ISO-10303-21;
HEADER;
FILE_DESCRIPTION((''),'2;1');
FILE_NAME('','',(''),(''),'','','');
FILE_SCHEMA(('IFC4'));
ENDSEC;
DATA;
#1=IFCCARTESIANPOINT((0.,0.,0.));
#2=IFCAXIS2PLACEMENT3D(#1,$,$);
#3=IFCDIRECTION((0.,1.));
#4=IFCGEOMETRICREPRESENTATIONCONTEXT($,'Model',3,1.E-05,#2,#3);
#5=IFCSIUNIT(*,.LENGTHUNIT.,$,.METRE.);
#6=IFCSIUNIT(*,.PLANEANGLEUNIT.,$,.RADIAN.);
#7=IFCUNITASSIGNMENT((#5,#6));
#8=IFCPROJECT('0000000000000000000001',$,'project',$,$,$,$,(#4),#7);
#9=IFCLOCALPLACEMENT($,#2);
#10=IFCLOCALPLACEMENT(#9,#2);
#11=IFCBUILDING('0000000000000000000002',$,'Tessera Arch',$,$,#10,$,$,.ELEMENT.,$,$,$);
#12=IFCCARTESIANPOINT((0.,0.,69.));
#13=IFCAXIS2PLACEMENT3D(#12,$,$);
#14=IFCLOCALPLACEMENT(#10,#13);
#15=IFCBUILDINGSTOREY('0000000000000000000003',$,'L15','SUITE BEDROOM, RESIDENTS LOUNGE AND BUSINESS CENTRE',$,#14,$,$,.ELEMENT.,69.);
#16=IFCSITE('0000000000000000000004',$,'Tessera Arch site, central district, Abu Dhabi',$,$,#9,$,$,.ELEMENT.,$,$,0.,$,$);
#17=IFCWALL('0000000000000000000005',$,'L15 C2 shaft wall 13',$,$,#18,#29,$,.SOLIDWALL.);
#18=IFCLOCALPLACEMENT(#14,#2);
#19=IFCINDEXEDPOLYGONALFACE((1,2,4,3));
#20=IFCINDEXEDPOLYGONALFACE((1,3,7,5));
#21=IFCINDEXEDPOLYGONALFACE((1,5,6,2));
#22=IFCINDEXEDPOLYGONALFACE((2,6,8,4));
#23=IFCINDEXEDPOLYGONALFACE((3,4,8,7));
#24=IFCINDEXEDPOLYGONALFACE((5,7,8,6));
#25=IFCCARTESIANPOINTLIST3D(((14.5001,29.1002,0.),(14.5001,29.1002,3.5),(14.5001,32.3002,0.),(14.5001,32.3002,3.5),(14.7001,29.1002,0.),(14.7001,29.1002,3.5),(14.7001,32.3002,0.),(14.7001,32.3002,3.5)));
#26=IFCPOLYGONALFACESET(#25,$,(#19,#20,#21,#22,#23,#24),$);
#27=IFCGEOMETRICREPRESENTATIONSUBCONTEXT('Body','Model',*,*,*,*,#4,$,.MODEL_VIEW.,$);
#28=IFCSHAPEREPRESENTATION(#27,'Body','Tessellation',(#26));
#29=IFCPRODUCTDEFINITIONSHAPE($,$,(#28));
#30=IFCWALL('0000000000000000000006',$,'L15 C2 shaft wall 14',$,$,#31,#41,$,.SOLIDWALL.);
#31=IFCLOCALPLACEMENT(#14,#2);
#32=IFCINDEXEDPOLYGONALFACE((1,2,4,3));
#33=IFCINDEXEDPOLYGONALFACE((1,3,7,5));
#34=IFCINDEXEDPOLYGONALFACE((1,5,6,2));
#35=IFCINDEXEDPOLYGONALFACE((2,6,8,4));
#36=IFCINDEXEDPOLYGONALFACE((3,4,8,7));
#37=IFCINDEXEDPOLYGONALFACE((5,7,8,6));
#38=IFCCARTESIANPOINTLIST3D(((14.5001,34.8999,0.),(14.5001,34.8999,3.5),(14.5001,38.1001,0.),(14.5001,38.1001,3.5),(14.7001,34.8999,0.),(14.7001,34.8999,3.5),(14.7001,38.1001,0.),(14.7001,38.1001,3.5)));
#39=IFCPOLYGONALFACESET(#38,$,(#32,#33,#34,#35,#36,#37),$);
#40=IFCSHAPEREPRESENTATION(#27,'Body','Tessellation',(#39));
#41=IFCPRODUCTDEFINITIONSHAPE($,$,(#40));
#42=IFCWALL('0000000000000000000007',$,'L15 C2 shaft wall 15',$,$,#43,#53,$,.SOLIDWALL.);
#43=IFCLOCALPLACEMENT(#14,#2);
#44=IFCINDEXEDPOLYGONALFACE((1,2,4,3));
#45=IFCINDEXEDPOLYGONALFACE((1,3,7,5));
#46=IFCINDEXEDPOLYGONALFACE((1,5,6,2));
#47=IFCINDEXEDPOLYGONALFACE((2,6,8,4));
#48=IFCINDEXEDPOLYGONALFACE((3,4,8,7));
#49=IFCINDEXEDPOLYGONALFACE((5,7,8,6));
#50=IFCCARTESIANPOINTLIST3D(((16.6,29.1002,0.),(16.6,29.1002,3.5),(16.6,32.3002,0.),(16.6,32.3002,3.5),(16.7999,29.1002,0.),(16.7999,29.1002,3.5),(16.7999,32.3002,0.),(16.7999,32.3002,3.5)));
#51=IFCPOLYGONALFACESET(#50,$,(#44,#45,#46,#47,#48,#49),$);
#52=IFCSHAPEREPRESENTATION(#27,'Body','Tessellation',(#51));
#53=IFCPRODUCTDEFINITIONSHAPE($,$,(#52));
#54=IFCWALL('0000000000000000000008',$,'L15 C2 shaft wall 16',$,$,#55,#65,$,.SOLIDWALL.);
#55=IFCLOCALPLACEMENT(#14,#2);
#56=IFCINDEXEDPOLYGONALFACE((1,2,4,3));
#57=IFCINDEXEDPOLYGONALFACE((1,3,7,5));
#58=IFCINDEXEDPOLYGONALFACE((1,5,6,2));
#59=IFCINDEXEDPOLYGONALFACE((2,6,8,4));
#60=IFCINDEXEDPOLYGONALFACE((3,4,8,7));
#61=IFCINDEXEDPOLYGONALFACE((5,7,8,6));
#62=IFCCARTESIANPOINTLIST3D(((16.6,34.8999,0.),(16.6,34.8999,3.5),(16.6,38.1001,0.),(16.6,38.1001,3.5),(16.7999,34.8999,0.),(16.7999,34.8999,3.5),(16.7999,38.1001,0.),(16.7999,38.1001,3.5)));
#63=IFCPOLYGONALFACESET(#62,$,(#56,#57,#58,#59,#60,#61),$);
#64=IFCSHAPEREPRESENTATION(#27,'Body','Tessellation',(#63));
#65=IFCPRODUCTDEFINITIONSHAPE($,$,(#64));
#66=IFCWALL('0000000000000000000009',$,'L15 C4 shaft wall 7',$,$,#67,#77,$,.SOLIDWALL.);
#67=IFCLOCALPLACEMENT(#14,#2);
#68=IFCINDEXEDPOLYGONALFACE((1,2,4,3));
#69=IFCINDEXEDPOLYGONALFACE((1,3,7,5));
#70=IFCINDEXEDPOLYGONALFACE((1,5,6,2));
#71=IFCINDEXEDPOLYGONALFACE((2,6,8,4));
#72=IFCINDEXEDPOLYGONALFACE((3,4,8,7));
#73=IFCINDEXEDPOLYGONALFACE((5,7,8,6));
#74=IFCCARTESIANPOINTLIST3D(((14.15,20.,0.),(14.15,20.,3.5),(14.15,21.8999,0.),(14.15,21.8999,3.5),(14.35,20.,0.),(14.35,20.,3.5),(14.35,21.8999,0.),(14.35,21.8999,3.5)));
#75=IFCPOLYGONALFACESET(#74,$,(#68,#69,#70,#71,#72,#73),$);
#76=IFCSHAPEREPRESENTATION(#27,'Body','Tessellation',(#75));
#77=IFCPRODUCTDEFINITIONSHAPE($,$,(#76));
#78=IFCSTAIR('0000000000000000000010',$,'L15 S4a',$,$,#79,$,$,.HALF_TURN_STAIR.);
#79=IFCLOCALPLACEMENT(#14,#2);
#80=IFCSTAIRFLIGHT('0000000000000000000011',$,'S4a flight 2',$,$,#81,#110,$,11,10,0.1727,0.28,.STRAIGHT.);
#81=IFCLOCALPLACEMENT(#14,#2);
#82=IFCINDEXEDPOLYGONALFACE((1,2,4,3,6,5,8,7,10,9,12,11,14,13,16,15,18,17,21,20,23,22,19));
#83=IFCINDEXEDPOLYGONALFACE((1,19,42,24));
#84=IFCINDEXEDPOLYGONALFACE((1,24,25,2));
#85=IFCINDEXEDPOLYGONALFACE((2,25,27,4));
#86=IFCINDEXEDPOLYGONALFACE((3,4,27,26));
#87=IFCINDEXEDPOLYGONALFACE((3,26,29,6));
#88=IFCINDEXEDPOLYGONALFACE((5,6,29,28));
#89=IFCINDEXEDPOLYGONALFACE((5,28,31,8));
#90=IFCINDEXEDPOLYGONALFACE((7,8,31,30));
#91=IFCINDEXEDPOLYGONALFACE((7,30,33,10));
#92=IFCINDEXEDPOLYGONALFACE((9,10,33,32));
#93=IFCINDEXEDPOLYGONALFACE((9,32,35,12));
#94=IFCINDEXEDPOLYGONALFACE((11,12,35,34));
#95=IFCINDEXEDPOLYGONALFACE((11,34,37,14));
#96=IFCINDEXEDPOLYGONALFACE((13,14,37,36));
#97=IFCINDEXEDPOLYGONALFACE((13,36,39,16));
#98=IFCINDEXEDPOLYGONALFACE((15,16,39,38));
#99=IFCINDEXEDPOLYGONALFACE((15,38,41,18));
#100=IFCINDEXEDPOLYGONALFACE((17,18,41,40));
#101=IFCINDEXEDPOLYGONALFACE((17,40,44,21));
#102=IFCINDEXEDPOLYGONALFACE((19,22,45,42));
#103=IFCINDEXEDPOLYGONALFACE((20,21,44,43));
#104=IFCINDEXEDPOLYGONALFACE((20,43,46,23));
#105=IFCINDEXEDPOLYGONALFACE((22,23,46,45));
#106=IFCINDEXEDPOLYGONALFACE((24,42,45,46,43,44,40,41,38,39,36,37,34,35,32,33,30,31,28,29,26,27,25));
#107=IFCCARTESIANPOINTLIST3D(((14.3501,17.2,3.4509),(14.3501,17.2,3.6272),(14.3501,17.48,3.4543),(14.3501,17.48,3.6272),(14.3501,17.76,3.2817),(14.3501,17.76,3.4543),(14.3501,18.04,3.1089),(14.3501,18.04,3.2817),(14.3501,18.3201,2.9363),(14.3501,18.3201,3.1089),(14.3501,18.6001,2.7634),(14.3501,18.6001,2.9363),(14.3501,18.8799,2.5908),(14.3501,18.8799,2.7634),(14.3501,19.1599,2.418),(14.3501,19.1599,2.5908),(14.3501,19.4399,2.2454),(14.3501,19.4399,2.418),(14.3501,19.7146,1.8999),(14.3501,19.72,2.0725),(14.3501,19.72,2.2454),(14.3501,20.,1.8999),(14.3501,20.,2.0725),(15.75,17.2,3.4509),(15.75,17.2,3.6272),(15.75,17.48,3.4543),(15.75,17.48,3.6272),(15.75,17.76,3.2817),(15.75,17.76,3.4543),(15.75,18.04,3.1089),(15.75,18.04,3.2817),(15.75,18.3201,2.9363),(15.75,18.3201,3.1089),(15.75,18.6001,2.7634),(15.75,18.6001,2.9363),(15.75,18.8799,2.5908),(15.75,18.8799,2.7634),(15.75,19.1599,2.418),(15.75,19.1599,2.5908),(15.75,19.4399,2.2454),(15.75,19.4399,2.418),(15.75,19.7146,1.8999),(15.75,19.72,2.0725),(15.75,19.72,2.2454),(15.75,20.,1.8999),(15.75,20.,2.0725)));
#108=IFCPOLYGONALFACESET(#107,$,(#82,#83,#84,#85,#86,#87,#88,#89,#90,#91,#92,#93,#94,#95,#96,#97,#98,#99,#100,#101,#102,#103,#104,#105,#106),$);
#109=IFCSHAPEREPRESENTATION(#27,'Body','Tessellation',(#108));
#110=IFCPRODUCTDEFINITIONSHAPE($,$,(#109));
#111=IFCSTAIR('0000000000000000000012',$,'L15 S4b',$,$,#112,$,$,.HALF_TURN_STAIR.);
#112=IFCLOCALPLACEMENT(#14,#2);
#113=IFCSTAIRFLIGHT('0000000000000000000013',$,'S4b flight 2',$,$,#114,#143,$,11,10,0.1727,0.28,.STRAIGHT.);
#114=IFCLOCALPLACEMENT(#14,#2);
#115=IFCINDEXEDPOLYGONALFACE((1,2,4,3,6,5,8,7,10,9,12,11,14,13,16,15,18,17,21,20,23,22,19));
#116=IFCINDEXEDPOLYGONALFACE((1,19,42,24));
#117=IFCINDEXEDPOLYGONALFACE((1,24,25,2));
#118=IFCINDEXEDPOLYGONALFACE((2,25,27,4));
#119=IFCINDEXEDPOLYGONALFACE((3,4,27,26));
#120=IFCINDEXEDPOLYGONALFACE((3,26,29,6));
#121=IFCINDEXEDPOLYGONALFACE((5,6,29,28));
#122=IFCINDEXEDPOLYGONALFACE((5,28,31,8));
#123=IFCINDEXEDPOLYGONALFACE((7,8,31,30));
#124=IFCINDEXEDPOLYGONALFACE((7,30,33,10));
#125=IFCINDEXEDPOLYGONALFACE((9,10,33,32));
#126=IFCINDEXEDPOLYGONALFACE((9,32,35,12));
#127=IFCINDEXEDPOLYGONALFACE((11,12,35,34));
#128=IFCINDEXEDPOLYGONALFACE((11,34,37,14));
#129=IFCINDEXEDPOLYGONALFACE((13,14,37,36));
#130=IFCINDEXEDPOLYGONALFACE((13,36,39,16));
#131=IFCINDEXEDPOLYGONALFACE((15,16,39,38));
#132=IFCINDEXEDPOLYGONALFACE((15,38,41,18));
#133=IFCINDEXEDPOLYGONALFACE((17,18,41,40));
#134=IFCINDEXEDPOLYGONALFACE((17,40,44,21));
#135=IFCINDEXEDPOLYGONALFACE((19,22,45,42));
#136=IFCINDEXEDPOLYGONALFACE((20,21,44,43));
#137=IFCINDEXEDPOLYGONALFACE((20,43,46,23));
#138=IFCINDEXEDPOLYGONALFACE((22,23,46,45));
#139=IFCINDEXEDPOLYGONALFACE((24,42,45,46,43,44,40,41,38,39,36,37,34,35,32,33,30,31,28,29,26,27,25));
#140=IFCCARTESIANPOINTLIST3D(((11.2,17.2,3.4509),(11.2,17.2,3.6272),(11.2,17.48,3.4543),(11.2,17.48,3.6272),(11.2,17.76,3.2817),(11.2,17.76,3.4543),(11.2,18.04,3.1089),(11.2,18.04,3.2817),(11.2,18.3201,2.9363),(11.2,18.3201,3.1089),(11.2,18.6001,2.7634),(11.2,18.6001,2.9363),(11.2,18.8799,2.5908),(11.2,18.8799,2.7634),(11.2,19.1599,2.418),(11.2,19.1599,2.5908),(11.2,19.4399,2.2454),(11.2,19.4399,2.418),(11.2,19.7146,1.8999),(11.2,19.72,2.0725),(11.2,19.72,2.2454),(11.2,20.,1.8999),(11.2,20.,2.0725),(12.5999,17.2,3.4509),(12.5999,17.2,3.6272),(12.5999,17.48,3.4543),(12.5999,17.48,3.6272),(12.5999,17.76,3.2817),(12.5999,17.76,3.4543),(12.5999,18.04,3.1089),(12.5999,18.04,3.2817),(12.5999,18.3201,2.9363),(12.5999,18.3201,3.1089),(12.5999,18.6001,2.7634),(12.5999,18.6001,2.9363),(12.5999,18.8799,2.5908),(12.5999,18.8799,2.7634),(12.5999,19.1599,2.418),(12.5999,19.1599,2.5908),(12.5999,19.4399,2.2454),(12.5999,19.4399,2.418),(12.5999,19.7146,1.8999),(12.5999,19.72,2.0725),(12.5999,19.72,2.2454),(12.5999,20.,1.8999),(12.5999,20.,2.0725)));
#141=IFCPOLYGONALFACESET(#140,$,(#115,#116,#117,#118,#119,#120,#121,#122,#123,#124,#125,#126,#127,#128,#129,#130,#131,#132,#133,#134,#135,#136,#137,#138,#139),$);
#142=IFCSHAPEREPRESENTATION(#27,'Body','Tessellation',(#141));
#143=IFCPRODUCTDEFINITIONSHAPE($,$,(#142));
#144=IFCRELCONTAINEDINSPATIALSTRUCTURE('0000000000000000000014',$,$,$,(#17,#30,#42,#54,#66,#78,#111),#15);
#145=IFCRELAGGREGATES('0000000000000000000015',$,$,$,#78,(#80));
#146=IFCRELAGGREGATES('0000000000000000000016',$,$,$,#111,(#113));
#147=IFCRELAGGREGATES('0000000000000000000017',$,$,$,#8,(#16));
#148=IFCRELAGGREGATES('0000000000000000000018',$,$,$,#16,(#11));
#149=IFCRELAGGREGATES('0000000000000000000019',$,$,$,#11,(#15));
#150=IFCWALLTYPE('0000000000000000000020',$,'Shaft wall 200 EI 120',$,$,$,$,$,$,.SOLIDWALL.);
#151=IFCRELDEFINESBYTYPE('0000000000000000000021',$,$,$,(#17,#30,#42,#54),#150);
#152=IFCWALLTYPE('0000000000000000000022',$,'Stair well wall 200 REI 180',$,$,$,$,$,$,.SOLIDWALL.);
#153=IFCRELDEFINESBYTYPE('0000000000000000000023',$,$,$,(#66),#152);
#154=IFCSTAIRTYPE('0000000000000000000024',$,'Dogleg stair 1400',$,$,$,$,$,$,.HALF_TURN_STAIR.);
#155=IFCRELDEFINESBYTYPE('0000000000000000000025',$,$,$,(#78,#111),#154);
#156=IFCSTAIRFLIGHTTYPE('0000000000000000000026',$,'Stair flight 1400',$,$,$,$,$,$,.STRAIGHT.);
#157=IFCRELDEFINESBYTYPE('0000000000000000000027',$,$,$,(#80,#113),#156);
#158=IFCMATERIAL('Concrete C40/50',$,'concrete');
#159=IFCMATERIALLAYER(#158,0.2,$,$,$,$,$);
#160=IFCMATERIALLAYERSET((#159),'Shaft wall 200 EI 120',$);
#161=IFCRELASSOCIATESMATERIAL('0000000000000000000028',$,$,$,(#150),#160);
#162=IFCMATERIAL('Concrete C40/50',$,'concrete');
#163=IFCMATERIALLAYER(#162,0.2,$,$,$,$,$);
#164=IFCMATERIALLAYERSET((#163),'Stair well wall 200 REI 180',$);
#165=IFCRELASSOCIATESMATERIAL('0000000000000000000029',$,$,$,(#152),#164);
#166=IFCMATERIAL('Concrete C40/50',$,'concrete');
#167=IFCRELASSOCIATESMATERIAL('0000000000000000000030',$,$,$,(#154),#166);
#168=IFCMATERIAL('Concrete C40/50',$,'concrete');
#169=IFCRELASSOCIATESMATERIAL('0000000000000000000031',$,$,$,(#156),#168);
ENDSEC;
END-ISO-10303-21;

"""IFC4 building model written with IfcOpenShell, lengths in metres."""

from ifc_helpers import new_model, si_unit, direction, frame, frame_2d, origin, place, context, subcontext, project, spatial, polyline, rectangle, outline, extrude, material, layer, layer_set, type_object, element, aggregate, save


model = new_model("IFC4")

# Units and contexts
model_context = context("Model", 3, precision=1e-05, world=origin(), true_north=direction((0.0, 1.0)))
body_context = subcontext(model_context, "Body", "Model", "MODEL_VIEW")
ifc_project = project(units=[si_unit("LENGTHUNIT", "METRE"), si_unit("PLANEANGLEUNIT", "RADIAN")], contexts=[model_context])

# Site, building, storey
site_placement = place(None, origin())
site = spatial("IfcSite", under=ifc_project, at=site_placement, Name="Tessera Arch site, central district, Abu Dhabi", CompositionType="ELEMENT", RefElevation=0.0)
building_placement = place(site_placement, origin())
building = spatial("IfcBuilding", under=site, at=building_placement, Name="Tessera Arch", CompositionType="ELEMENT")
storey_placement = place(building_placement, frame((0.0, 0.0, 69.0)))
storey = spatial("IfcBuildingStorey", under=building, at=storey_placement, Name="L15", Description="SUITE BEDROOM, RESIDENTS LOUNGE AND BUSINESS CENTRE", CompositionType="ELEMENT", Elevation=69.0)

# Walls
ifc_material_1 = material(Name="Concrete C40/50", Category="concrete")
ifc_layer_1 = layer(ifc_material_1, 0.2)
ifc_layer_set_1 = layer_set([ifc_layer_1], Name="Shaft wall 200 EI 120")
wall_type_1 = type_object("IfcWallType", Name="Shaft wall 200 EI 120", PredefinedType="SOLIDWALL", material=ifc_layer_set_1)
wall_1_placement = place(storey_placement, frame((14.6001, 29.1001, 0.0), z_axis=(0.0, 0.0, 1.0), x_axis=(0.0, 1.0, 0.0)))
element("IfcWall", 1, at=wall_1_placement, inside=storey, type_object=wall_type_1, Name="L15 C2 shaft wall 13", PredefinedType="SOLIDWALL", context=body_context, shape_type="SweptSolid", body=[
    extrude(rectangle(XDim=3.2, YDim=0.2, at=frame_2d((1.6001, 0.0))), origin(), (0.0, 0.0, 1.0), 3.5),
])
wall_2_placement = place(storey_placement, frame((14.6001, 34.8999, 0.0), z_axis=(0.0, 0.0, 1.0), x_axis=(0.0, 1.0, 0.0)))
element("IfcWall", 2, at=wall_2_placement, inside=storey, type_object=wall_type_1, Name="L15 C2 shaft wall 14", PredefinedType="SOLIDWALL", context=body_context, shape_type="SweptSolid", body=[
    extrude(rectangle(XDim=3.2002, YDim=0.2, at=frame_2d((1.6001, 0.0))), origin(), (0.0, 0.0, 1.0), 3.5),
])
wall_3_placement = place(storey_placement, frame((16.7, 29.1001, 0.0), z_axis=(0.0, 0.0, 1.0), x_axis=(0.0, 1.0, 0.0)))
element("IfcWall", 3, at=wall_3_placement, inside=storey, type_object=wall_type_1, Name="L15 C2 shaft wall 15", PredefinedType="SOLIDWALL", context=body_context, shape_type="SweptSolid", body=[
    extrude(rectangle(XDim=3.2, YDim=0.2, at=frame_2d((1.6001, 0.0))), origin(), (0.0, 0.0, 1.0), 3.5),
])
wall_4_placement = place(storey_placement, frame((16.7, 34.8999, 0.0), z_axis=(0.0, 0.0, 1.0), x_axis=(0.0, 1.0, 0.0)))
element("IfcWall", 4, at=wall_4_placement, inside=storey, type_object=wall_type_1, Name="L15 C2 shaft wall 16", PredefinedType="SOLIDWALL", context=body_context, shape_type="SweptSolid", body=[
    extrude(rectangle(XDim=3.2002, YDim=0.2, at=frame_2d((1.6001, 0.0))), origin(), (0.0, 0.0, 1.0), 3.5),
])
ifc_material_2 = material(Name="Concrete C40/50", Category="concrete")
ifc_layer_2 = layer(ifc_material_2, 0.2)
ifc_layer_set_2 = layer_set([ifc_layer_2], Name="Stair well wall 200 REI 180")
wall_type_2 = type_object("IfcWallType", Name="Stair well wall 200 REI 180", PredefinedType="SOLIDWALL", material=ifc_layer_set_2)
wall_5_placement = place(storey_placement, frame((14.25, 20.0, 0.0), z_axis=(0.0, 0.0, 1.0), x_axis=(0.0, 1.0, 0.0)))
element("IfcWall", 5, at=wall_5_placement, inside=storey, type_object=wall_type_2, Name="L15 C4 shaft wall 7", PredefinedType="SOLIDWALL", context=body_context, shape_type="SweptSolid", body=[
    extrude(rectangle(XDim=1.8999, YDim=0.2, at=frame_2d((0.95, 0.0))), origin(), (0.0, 0.0, 1.0), 3.5),
])

# Stairs, stair flights
ifc_material_3 = material(Name="Concrete C40/50", Category="concrete")
stair_type = type_object("IfcStairType", Name="Dogleg stair 1400", PredefinedType="HALF_TURN_STAIR", material=ifc_material_3)
stair_1_placement = place(storey_placement, origin())
stair_1 = element("IfcStair", 6, at=stair_1_placement, inside=storey, type_object=stair_type, Name="L15 S4a", PredefinedType="HALF_TURN_STAIR")
ifc_material_4 = material(Name="Concrete C40/50", Category="concrete")
stair_flight_type = type_object("IfcStairFlightType", Name="Stair flight 1400", PredefinedType="STRAIGHT", material=ifc_material_4)
stair_flight_1_placement = place(storey_placement, frame((15.05, 20.0, 1.8999), z_axis=(0.0, 0.0, 1.0), x_axis=(0.0, -1.0, 0.0)))
stair_flight_1 = element("IfcStairFlight", 7, at=stair_flight_1_placement, type_object=stair_flight_type, Name="S4a flight 2", NumberOfRisers=11, NumberOfTreads=10, PredefinedType="STRAIGHT", RiserHeight=0.1727, TreadLength=0.28, context=body_context, shape_type="SweptSolid", body=[
    extrude(outline(polyline([(0.0, 0.0), (0.0, 0.1726), (0.28, 0.1726), (0.28, 0.3455), (0.5601, 0.3455), (0.5601, 0.5181), (0.8401, 0.5181), (0.8401, 0.6909), (1.1201, 0.6909), (1.1201, 0.8635), (1.3999, 0.8635), (1.3999, 1.0364), (1.6799, 1.0364), (1.6799, 1.209), (1.96, 1.209), (1.96, 1.3818), (2.24, 1.3818), (2.24, 1.5544), (2.52, 1.5544), (2.52, 1.7273), (2.8, 1.7273), (2.8, 1.8999), (2.8, 1.551), (0.2854, 0.0), (0.0, 0.0)])), frame((0.0, 0.7, 0.0), z_axis=(0.0, -1.0, 0.0), x_axis=(1.0, 0.0, 0.0)), (0.0, 0.0, 1.0), 1.3999),
])
aggregate(stair_1, [stair_flight_1])
stair_2_placement = place(storey_placement, origin())
stair_2 = element("IfcStair", 8, at=stair_2_placement, inside=storey, type_object=stair_type, Name="L15 S4b", PredefinedType="HALF_TURN_STAIR")
stair_flight_2_placement = place(storey_placement, frame((11.8999, 20.0, 1.8999), z_axis=(0.0, 0.0, 1.0), x_axis=(0.0, -1.0, 0.0)))
stair_flight_2 = element("IfcStairFlight", 9, at=stair_flight_2_placement, type_object=stair_flight_type, Name="S4b flight 2", NumberOfRisers=11, NumberOfTreads=10, PredefinedType="STRAIGHT", RiserHeight=0.1727, TreadLength=0.28, context=body_context, shape_type="SweptSolid", body=[
    extrude(outline(polyline([(0.0, 0.0), (0.0, 0.1726), (0.28, 0.1726), (0.28, 0.3455), (0.5601, 0.3455), (0.5601, 0.5181), (0.8401, 0.5181), (0.8401, 0.6909), (1.1201, 0.6909), (1.1201, 0.8635), (1.3999, 0.8635), (1.3999, 1.0364), (1.6799, 1.0364), (1.6799, 1.209), (1.96, 1.209), (1.96, 1.3818), (2.24, 1.3818), (2.24, 1.5544), (2.52, 1.5544), (2.52, 1.7273), (2.8, 1.7273), (2.8, 1.8999), (2.8, 1.551), (0.2854, 0.0), (0.0, 0.0)])), frame((0.0, 0.7, 0.0), z_axis=(0.0, -1.0, 0.0), x_axis=(1.0, 0.0, 0.0)), (0.0, 0.0, 1.0), 1.3999),
])
aggregate(stair_2, [stair_flight_2])

save(model, "model.ifc")
